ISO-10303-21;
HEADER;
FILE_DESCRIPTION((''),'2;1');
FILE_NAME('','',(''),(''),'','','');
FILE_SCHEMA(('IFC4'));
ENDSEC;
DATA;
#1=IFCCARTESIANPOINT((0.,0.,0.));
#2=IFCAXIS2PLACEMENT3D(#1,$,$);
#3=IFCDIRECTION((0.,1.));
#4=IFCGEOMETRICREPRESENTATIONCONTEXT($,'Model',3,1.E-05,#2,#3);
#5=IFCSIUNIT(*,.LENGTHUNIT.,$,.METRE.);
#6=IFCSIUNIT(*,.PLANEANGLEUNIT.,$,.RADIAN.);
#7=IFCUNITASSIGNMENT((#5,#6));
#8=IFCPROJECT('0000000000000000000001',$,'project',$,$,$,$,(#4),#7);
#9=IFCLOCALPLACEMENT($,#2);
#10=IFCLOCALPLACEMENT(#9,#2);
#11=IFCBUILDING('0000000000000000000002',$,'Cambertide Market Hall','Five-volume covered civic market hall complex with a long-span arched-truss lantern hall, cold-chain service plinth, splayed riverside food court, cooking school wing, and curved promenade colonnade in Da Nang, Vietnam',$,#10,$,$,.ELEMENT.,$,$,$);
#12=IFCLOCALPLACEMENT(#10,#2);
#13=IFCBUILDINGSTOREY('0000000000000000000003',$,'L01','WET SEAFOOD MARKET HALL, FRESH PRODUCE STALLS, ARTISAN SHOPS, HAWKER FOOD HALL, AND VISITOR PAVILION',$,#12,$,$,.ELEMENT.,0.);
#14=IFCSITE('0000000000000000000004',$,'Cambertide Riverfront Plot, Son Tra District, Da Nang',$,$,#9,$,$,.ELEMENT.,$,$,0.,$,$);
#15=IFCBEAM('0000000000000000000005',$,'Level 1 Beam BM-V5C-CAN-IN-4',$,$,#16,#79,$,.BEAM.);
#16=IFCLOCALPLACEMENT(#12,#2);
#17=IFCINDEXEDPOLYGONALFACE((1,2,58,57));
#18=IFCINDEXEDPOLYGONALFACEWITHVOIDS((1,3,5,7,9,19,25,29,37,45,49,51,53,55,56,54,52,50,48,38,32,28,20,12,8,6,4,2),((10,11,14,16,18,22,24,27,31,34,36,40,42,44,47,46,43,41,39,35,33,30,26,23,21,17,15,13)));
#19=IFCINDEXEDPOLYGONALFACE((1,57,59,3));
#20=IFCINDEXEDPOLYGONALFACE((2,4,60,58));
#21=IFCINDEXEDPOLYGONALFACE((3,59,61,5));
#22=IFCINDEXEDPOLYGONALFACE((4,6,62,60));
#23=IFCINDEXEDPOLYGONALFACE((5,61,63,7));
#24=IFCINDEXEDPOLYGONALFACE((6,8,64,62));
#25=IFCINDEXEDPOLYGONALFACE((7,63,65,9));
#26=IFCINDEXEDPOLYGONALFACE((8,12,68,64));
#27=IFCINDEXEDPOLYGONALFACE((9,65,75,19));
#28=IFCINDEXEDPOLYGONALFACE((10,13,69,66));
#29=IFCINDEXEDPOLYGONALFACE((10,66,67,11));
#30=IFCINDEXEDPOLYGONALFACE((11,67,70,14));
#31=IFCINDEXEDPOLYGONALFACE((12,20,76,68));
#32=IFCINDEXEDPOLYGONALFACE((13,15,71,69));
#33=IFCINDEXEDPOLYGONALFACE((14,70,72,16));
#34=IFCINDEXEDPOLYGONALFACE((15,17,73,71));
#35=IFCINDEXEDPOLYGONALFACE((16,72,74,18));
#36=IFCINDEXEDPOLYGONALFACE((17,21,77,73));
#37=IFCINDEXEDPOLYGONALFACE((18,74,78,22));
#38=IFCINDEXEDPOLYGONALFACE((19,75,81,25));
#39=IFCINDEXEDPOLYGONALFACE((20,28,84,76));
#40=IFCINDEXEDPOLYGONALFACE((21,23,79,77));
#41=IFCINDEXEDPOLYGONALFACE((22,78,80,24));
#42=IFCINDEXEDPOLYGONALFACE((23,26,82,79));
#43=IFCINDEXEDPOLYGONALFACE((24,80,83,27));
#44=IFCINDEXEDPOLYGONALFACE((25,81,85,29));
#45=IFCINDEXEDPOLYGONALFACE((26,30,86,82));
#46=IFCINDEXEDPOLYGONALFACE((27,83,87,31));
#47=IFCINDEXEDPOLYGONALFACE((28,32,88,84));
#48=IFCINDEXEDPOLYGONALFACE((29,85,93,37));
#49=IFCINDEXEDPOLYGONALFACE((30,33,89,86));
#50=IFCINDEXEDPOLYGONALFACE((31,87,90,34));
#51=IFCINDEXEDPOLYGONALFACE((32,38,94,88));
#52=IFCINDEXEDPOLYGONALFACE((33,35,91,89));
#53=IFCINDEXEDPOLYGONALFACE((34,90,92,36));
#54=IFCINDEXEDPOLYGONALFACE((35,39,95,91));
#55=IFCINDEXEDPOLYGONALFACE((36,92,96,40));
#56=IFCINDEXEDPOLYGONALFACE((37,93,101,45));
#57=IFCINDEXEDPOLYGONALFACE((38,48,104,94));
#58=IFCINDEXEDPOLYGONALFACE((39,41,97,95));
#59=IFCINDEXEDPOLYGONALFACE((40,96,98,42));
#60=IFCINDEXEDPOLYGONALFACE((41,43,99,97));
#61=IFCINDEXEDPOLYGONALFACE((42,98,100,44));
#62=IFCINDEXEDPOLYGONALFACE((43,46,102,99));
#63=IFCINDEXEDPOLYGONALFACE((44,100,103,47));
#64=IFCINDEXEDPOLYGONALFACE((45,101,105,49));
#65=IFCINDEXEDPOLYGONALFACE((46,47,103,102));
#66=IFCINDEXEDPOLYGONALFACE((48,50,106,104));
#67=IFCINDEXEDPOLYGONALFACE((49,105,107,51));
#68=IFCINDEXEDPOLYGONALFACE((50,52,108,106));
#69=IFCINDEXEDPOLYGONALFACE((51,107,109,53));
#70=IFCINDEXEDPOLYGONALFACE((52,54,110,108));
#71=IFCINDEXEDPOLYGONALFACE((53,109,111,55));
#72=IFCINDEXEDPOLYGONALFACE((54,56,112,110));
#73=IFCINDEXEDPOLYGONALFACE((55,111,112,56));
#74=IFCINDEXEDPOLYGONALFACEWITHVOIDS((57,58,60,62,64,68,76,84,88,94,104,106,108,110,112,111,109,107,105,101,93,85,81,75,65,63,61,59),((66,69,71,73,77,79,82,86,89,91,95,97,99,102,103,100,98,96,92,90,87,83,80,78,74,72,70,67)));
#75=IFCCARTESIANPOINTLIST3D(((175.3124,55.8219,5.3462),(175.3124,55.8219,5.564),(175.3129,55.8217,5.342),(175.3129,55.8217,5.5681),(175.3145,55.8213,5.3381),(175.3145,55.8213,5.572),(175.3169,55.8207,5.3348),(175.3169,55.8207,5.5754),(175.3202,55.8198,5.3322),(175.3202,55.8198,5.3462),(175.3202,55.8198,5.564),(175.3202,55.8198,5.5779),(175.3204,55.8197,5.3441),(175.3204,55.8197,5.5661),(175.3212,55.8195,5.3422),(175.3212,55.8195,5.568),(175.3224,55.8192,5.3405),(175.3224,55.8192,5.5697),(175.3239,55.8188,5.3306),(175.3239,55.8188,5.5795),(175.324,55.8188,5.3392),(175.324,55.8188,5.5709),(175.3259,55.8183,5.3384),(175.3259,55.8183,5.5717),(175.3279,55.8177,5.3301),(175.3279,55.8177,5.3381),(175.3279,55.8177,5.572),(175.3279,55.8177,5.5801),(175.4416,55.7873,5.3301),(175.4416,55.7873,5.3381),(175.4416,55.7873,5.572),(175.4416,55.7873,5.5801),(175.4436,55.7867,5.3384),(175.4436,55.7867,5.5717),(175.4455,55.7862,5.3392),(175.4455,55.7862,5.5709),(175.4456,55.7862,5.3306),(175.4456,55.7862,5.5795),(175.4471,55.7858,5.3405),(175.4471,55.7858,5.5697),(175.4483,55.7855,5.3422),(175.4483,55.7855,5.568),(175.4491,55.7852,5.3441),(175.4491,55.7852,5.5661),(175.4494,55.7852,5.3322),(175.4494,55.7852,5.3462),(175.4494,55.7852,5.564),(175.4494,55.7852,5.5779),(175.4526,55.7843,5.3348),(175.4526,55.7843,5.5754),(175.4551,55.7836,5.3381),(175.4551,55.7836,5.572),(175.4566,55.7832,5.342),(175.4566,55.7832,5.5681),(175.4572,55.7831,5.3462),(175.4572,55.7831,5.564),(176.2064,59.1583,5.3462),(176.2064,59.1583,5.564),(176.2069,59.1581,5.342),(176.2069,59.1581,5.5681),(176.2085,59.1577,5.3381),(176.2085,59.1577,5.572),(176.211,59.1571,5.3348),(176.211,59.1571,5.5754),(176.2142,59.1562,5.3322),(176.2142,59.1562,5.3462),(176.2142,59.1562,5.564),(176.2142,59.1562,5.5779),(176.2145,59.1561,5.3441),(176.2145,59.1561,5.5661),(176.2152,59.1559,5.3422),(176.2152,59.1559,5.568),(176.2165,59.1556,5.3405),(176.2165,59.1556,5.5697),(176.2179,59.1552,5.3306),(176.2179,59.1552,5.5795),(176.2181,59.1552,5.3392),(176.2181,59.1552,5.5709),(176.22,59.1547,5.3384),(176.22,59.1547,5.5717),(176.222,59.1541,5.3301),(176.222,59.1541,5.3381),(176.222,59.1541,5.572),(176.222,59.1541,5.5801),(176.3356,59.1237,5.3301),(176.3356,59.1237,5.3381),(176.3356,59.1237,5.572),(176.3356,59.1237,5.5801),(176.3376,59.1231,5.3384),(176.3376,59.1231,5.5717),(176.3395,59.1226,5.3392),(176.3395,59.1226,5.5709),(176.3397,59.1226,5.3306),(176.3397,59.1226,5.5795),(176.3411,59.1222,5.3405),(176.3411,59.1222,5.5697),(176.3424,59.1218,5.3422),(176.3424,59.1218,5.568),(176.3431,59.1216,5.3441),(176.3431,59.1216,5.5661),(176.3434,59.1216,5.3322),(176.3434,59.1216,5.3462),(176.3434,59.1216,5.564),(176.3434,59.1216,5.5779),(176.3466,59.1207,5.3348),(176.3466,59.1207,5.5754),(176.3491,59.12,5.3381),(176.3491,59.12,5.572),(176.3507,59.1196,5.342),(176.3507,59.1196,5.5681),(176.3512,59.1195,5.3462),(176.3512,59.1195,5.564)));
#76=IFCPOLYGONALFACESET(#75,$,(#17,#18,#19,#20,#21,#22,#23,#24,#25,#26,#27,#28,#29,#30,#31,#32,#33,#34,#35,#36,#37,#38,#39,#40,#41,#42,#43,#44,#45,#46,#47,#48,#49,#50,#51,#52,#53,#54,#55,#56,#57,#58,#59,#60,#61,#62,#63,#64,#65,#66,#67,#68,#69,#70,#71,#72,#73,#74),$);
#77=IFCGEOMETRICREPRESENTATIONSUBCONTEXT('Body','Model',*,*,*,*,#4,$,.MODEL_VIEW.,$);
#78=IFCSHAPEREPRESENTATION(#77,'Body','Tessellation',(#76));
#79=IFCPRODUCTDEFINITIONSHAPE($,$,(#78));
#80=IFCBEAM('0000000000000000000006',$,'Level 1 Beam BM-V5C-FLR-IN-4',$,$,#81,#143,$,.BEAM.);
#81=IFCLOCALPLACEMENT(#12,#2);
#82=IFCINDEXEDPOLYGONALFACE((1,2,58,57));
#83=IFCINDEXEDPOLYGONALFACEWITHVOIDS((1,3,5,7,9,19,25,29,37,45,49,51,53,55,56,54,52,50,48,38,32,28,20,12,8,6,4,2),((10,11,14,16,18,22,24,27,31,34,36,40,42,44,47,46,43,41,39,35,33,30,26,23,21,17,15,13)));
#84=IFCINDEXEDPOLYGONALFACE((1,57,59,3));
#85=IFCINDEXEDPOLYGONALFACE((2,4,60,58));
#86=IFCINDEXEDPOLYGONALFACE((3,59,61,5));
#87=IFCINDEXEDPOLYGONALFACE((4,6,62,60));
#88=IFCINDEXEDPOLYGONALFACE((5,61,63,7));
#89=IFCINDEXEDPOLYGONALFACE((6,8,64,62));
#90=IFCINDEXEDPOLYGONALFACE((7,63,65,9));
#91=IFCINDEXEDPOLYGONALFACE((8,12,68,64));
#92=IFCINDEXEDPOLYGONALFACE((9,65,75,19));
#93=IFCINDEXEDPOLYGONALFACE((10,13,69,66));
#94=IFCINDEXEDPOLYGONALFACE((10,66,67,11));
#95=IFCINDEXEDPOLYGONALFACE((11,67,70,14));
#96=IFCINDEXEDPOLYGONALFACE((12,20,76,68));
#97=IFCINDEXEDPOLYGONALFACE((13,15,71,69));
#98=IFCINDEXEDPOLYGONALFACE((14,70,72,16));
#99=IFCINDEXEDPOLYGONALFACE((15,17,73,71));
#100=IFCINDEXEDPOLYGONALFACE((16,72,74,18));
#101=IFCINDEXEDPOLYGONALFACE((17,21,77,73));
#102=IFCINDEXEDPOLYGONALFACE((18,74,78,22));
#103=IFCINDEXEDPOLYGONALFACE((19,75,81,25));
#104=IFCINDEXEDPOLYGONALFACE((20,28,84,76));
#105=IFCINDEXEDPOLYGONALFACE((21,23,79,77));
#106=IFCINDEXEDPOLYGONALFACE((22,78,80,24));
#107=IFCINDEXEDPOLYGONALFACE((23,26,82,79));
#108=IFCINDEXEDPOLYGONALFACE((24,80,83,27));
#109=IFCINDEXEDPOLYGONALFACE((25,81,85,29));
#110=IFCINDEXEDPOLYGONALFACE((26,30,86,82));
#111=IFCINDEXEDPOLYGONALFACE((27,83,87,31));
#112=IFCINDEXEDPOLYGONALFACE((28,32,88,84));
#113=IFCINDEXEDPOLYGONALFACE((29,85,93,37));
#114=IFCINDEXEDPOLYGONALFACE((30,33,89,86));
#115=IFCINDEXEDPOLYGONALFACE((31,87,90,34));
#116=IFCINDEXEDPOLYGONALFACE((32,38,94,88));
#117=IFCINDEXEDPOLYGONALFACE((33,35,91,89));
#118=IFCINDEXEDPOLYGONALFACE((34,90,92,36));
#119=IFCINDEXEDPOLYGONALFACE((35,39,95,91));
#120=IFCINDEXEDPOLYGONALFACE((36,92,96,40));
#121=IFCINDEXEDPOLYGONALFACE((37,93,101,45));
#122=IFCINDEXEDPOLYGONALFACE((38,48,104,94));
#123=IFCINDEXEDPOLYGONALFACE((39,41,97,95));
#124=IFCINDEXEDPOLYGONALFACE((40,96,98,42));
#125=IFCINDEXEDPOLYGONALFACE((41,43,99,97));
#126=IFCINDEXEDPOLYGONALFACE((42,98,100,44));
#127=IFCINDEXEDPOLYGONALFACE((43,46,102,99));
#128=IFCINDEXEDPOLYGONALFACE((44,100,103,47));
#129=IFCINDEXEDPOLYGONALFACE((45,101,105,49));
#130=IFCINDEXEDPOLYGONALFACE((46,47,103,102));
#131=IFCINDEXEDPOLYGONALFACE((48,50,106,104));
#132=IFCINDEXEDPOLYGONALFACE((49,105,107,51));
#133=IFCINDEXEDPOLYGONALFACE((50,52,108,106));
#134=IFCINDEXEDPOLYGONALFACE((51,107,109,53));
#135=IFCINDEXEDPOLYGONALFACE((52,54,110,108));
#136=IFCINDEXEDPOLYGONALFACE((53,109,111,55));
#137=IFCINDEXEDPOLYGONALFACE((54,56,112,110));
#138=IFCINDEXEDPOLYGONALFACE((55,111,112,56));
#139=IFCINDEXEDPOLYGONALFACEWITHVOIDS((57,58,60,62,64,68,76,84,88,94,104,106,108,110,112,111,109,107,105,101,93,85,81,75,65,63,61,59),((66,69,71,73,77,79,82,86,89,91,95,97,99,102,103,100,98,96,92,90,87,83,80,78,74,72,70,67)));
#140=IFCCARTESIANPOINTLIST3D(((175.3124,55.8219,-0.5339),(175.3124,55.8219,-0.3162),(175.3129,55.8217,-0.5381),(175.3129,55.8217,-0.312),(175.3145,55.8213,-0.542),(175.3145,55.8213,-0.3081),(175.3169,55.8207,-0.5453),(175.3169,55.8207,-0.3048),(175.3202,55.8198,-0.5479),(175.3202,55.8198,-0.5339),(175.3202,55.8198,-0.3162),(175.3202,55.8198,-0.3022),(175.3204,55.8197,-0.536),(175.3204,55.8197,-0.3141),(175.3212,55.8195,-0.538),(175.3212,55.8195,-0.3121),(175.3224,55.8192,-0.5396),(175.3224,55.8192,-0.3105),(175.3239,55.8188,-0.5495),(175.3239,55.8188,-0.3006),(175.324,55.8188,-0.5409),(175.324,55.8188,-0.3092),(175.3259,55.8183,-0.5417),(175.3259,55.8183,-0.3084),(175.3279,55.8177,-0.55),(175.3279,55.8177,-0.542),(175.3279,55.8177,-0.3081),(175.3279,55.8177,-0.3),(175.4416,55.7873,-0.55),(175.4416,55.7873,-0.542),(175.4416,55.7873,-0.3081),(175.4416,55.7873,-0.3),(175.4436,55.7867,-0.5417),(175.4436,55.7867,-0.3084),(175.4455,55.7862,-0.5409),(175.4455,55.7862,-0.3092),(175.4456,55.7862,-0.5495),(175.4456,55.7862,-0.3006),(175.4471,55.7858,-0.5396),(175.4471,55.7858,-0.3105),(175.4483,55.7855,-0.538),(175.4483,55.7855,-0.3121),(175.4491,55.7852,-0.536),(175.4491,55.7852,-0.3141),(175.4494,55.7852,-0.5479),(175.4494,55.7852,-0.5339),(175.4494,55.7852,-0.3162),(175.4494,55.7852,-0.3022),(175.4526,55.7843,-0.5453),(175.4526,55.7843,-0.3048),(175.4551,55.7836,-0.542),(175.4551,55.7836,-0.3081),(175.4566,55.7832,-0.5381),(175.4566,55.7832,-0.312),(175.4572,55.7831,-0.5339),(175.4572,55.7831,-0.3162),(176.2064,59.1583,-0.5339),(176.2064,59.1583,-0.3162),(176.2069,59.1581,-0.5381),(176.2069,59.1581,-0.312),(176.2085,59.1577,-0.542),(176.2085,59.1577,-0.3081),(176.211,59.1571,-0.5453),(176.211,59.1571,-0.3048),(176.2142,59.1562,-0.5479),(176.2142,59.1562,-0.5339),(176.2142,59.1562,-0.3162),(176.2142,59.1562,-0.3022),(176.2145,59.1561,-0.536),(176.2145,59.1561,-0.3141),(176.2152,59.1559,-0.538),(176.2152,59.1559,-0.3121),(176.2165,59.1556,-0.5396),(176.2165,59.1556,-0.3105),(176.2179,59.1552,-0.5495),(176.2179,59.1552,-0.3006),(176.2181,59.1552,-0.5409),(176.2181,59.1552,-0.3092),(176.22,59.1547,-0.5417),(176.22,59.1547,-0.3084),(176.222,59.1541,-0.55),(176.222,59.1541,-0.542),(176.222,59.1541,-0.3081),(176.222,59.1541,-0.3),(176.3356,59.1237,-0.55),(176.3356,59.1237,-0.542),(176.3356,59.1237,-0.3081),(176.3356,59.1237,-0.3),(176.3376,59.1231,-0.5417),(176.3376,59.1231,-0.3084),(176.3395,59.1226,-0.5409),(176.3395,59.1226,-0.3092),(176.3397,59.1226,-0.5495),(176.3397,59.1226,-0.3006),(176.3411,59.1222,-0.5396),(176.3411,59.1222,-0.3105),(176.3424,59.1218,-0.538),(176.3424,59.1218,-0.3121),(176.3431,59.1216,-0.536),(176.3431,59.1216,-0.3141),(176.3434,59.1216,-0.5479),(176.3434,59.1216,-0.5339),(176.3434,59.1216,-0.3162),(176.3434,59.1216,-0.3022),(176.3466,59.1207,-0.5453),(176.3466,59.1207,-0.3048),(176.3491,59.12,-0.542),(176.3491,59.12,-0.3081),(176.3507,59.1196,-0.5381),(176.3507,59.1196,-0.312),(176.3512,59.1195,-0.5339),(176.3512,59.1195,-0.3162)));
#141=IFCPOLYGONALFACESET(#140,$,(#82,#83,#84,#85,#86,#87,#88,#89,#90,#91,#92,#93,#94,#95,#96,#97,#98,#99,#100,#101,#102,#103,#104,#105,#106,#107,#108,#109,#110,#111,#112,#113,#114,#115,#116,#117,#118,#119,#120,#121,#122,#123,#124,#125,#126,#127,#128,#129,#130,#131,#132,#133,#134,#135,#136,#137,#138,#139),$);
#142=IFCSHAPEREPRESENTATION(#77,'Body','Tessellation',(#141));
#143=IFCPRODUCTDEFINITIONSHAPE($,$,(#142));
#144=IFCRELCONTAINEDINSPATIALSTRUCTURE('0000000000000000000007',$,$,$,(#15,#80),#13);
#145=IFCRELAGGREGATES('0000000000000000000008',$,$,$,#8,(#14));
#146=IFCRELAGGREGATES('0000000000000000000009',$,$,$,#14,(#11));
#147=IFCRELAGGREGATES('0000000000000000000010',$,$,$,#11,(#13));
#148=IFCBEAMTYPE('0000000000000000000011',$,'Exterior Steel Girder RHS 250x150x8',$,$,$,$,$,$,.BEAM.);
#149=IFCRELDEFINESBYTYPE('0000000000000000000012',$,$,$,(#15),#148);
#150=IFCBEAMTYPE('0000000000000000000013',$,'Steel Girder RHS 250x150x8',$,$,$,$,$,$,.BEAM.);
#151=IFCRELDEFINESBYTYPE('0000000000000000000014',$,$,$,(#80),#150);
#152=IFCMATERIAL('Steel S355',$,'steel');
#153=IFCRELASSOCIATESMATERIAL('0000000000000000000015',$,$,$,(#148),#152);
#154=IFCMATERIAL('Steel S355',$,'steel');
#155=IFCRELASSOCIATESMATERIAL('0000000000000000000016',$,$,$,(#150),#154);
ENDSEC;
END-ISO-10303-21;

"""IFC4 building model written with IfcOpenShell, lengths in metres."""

from ifc_helpers import new_model, si_unit, direction, frame, origin, origin_2d, place, context, subcontext, project, spatial, hollow_rectangle, extrude, material, material_profile, profile_set, type_object, element, save


model = new_model("IFC4")

# Units and contexts
model_context = context("Model", 3, precision=1e-05, world=origin(), true_north=direction((0.0, 1.0)))
body_context = subcontext(model_context, "Body", "Model", "MODEL_VIEW")
ifc_project = project(units=[si_unit("LENGTHUNIT", "METRE"), si_unit("PLANEANGLEUNIT", "RADIAN")], contexts=[model_context])

# Site, building, storey
site_placement = place(None, origin())
site = spatial("IfcSite", under=ifc_project, at=site_placement, Name="Cambertide Riverfront Plot, Son Tra District, Da Nang", CompositionType="ELEMENT", RefElevation=0.0)
building_placement = place(site_placement, origin())
building = spatial("IfcBuilding", under=site, at=building_placement, Name="Cambertide Market Hall", Description="Five-volume covered civic market hall complex with a long-span arched-truss lantern hall, cold-chain service plinth, splayed riverside food court, cooking school wing, and curved promenade colonnade in Da Nang, Vietnam", CompositionType="ELEMENT")
storey_placement = place(building_placement, origin())
storey = spatial("IfcBuildingStorey", under=building, at=storey_placement, Name="L01", Description="WET SEAFOOD MARKET HALL, FRESH PRODUCE STALLS, ARTISAN SHOPS, HAWKER FOOD HALL, AND VISITOR PAVILION", CompositionType="ELEMENT", Elevation=0.0)

# Beams
ifc_material_1 = material(Name="Steel S355", Category="steel")
ifc_material_profile_1 = material_profile(ifc_material_1, hollow_rectangle(XDim=0.1499, YDim=0.25, WallThickness=0.0081, InnerFilletRadius=0.0081, OuterFilletRadius=0.0161, at=origin_2d()), Name="RHS 250x150x8")
ifc_profile_set_1 = profile_set([ifc_material_profile_1], Name="Steel S355")
beam_type_1 = type_object("IfcBeamType", Name="Exterior Steel Girder RHS 250x150x8", PredefinedType="BEAM", material=ifc_profile_set_1)
beam_1_placement = place(storey_placement, frame((175.3848, 55.8025, 5.4551), z_axis=(0.258833, 0.965922, 0.0), x_axis=(-0.965922, 0.258833, 0.0)))
element("IfcBeam", 1, at=beam_1_placement, inside=storey, type_object=beam_type_1, Name="Level 1 Beam BM-V5C-CAN-IN-4", PredefinedType="BEAM", context=body_context, shape_type="SweptSolid", body=[
    extrude(hollow_rectangle(XDim=0.1499, YDim=0.25, WallThickness=0.0081, InnerFilletRadius=0.0081, OuterFilletRadius=0.0161, at=origin_2d()), origin(), (0.0, 0.0, 1.0), 3.4541),
])
ifc_material_2 = material(Name="Steel S355", Category="steel")
ifc_material_profile_2 = material_profile(ifc_material_2, hollow_rectangle(XDim=0.1499, YDim=0.25, WallThickness=0.0081, InnerFilletRadius=0.0081, OuterFilletRadius=0.0161, at=origin_2d()), Name="RHS 250x150x8")
ifc_profile_set_2 = profile_set([ifc_material_profile_2], Name="Steel S355")
beam_type_2 = type_object("IfcBeamType", Name="Steel Girder RHS 250x150x8", PredefinedType="BEAM", material=ifc_profile_set_2)
beam_2_placement = place(storey_placement, frame((175.3848, 55.8025, -0.425), z_axis=(0.258833, 0.965922, 0.0), x_axis=(-0.965922, 0.258833, 0.0)))
element("IfcBeam", 2, at=beam_2_placement, inside=storey, type_object=beam_type_2, Name="Level 1 Beam BM-V5C-FLR-IN-4", PredefinedType="BEAM", context=body_context, shape_type="SweptSolid", body=[
    extrude(hollow_rectangle(XDim=0.1499, YDim=0.25, WallThickness=0.0081, InnerFilletRadius=0.0081, OuterFilletRadius=0.0161, at=origin_2d()), origin(), (0.0, 0.0, 1.0), 3.4541),
])

save(model, "model.ifc")
